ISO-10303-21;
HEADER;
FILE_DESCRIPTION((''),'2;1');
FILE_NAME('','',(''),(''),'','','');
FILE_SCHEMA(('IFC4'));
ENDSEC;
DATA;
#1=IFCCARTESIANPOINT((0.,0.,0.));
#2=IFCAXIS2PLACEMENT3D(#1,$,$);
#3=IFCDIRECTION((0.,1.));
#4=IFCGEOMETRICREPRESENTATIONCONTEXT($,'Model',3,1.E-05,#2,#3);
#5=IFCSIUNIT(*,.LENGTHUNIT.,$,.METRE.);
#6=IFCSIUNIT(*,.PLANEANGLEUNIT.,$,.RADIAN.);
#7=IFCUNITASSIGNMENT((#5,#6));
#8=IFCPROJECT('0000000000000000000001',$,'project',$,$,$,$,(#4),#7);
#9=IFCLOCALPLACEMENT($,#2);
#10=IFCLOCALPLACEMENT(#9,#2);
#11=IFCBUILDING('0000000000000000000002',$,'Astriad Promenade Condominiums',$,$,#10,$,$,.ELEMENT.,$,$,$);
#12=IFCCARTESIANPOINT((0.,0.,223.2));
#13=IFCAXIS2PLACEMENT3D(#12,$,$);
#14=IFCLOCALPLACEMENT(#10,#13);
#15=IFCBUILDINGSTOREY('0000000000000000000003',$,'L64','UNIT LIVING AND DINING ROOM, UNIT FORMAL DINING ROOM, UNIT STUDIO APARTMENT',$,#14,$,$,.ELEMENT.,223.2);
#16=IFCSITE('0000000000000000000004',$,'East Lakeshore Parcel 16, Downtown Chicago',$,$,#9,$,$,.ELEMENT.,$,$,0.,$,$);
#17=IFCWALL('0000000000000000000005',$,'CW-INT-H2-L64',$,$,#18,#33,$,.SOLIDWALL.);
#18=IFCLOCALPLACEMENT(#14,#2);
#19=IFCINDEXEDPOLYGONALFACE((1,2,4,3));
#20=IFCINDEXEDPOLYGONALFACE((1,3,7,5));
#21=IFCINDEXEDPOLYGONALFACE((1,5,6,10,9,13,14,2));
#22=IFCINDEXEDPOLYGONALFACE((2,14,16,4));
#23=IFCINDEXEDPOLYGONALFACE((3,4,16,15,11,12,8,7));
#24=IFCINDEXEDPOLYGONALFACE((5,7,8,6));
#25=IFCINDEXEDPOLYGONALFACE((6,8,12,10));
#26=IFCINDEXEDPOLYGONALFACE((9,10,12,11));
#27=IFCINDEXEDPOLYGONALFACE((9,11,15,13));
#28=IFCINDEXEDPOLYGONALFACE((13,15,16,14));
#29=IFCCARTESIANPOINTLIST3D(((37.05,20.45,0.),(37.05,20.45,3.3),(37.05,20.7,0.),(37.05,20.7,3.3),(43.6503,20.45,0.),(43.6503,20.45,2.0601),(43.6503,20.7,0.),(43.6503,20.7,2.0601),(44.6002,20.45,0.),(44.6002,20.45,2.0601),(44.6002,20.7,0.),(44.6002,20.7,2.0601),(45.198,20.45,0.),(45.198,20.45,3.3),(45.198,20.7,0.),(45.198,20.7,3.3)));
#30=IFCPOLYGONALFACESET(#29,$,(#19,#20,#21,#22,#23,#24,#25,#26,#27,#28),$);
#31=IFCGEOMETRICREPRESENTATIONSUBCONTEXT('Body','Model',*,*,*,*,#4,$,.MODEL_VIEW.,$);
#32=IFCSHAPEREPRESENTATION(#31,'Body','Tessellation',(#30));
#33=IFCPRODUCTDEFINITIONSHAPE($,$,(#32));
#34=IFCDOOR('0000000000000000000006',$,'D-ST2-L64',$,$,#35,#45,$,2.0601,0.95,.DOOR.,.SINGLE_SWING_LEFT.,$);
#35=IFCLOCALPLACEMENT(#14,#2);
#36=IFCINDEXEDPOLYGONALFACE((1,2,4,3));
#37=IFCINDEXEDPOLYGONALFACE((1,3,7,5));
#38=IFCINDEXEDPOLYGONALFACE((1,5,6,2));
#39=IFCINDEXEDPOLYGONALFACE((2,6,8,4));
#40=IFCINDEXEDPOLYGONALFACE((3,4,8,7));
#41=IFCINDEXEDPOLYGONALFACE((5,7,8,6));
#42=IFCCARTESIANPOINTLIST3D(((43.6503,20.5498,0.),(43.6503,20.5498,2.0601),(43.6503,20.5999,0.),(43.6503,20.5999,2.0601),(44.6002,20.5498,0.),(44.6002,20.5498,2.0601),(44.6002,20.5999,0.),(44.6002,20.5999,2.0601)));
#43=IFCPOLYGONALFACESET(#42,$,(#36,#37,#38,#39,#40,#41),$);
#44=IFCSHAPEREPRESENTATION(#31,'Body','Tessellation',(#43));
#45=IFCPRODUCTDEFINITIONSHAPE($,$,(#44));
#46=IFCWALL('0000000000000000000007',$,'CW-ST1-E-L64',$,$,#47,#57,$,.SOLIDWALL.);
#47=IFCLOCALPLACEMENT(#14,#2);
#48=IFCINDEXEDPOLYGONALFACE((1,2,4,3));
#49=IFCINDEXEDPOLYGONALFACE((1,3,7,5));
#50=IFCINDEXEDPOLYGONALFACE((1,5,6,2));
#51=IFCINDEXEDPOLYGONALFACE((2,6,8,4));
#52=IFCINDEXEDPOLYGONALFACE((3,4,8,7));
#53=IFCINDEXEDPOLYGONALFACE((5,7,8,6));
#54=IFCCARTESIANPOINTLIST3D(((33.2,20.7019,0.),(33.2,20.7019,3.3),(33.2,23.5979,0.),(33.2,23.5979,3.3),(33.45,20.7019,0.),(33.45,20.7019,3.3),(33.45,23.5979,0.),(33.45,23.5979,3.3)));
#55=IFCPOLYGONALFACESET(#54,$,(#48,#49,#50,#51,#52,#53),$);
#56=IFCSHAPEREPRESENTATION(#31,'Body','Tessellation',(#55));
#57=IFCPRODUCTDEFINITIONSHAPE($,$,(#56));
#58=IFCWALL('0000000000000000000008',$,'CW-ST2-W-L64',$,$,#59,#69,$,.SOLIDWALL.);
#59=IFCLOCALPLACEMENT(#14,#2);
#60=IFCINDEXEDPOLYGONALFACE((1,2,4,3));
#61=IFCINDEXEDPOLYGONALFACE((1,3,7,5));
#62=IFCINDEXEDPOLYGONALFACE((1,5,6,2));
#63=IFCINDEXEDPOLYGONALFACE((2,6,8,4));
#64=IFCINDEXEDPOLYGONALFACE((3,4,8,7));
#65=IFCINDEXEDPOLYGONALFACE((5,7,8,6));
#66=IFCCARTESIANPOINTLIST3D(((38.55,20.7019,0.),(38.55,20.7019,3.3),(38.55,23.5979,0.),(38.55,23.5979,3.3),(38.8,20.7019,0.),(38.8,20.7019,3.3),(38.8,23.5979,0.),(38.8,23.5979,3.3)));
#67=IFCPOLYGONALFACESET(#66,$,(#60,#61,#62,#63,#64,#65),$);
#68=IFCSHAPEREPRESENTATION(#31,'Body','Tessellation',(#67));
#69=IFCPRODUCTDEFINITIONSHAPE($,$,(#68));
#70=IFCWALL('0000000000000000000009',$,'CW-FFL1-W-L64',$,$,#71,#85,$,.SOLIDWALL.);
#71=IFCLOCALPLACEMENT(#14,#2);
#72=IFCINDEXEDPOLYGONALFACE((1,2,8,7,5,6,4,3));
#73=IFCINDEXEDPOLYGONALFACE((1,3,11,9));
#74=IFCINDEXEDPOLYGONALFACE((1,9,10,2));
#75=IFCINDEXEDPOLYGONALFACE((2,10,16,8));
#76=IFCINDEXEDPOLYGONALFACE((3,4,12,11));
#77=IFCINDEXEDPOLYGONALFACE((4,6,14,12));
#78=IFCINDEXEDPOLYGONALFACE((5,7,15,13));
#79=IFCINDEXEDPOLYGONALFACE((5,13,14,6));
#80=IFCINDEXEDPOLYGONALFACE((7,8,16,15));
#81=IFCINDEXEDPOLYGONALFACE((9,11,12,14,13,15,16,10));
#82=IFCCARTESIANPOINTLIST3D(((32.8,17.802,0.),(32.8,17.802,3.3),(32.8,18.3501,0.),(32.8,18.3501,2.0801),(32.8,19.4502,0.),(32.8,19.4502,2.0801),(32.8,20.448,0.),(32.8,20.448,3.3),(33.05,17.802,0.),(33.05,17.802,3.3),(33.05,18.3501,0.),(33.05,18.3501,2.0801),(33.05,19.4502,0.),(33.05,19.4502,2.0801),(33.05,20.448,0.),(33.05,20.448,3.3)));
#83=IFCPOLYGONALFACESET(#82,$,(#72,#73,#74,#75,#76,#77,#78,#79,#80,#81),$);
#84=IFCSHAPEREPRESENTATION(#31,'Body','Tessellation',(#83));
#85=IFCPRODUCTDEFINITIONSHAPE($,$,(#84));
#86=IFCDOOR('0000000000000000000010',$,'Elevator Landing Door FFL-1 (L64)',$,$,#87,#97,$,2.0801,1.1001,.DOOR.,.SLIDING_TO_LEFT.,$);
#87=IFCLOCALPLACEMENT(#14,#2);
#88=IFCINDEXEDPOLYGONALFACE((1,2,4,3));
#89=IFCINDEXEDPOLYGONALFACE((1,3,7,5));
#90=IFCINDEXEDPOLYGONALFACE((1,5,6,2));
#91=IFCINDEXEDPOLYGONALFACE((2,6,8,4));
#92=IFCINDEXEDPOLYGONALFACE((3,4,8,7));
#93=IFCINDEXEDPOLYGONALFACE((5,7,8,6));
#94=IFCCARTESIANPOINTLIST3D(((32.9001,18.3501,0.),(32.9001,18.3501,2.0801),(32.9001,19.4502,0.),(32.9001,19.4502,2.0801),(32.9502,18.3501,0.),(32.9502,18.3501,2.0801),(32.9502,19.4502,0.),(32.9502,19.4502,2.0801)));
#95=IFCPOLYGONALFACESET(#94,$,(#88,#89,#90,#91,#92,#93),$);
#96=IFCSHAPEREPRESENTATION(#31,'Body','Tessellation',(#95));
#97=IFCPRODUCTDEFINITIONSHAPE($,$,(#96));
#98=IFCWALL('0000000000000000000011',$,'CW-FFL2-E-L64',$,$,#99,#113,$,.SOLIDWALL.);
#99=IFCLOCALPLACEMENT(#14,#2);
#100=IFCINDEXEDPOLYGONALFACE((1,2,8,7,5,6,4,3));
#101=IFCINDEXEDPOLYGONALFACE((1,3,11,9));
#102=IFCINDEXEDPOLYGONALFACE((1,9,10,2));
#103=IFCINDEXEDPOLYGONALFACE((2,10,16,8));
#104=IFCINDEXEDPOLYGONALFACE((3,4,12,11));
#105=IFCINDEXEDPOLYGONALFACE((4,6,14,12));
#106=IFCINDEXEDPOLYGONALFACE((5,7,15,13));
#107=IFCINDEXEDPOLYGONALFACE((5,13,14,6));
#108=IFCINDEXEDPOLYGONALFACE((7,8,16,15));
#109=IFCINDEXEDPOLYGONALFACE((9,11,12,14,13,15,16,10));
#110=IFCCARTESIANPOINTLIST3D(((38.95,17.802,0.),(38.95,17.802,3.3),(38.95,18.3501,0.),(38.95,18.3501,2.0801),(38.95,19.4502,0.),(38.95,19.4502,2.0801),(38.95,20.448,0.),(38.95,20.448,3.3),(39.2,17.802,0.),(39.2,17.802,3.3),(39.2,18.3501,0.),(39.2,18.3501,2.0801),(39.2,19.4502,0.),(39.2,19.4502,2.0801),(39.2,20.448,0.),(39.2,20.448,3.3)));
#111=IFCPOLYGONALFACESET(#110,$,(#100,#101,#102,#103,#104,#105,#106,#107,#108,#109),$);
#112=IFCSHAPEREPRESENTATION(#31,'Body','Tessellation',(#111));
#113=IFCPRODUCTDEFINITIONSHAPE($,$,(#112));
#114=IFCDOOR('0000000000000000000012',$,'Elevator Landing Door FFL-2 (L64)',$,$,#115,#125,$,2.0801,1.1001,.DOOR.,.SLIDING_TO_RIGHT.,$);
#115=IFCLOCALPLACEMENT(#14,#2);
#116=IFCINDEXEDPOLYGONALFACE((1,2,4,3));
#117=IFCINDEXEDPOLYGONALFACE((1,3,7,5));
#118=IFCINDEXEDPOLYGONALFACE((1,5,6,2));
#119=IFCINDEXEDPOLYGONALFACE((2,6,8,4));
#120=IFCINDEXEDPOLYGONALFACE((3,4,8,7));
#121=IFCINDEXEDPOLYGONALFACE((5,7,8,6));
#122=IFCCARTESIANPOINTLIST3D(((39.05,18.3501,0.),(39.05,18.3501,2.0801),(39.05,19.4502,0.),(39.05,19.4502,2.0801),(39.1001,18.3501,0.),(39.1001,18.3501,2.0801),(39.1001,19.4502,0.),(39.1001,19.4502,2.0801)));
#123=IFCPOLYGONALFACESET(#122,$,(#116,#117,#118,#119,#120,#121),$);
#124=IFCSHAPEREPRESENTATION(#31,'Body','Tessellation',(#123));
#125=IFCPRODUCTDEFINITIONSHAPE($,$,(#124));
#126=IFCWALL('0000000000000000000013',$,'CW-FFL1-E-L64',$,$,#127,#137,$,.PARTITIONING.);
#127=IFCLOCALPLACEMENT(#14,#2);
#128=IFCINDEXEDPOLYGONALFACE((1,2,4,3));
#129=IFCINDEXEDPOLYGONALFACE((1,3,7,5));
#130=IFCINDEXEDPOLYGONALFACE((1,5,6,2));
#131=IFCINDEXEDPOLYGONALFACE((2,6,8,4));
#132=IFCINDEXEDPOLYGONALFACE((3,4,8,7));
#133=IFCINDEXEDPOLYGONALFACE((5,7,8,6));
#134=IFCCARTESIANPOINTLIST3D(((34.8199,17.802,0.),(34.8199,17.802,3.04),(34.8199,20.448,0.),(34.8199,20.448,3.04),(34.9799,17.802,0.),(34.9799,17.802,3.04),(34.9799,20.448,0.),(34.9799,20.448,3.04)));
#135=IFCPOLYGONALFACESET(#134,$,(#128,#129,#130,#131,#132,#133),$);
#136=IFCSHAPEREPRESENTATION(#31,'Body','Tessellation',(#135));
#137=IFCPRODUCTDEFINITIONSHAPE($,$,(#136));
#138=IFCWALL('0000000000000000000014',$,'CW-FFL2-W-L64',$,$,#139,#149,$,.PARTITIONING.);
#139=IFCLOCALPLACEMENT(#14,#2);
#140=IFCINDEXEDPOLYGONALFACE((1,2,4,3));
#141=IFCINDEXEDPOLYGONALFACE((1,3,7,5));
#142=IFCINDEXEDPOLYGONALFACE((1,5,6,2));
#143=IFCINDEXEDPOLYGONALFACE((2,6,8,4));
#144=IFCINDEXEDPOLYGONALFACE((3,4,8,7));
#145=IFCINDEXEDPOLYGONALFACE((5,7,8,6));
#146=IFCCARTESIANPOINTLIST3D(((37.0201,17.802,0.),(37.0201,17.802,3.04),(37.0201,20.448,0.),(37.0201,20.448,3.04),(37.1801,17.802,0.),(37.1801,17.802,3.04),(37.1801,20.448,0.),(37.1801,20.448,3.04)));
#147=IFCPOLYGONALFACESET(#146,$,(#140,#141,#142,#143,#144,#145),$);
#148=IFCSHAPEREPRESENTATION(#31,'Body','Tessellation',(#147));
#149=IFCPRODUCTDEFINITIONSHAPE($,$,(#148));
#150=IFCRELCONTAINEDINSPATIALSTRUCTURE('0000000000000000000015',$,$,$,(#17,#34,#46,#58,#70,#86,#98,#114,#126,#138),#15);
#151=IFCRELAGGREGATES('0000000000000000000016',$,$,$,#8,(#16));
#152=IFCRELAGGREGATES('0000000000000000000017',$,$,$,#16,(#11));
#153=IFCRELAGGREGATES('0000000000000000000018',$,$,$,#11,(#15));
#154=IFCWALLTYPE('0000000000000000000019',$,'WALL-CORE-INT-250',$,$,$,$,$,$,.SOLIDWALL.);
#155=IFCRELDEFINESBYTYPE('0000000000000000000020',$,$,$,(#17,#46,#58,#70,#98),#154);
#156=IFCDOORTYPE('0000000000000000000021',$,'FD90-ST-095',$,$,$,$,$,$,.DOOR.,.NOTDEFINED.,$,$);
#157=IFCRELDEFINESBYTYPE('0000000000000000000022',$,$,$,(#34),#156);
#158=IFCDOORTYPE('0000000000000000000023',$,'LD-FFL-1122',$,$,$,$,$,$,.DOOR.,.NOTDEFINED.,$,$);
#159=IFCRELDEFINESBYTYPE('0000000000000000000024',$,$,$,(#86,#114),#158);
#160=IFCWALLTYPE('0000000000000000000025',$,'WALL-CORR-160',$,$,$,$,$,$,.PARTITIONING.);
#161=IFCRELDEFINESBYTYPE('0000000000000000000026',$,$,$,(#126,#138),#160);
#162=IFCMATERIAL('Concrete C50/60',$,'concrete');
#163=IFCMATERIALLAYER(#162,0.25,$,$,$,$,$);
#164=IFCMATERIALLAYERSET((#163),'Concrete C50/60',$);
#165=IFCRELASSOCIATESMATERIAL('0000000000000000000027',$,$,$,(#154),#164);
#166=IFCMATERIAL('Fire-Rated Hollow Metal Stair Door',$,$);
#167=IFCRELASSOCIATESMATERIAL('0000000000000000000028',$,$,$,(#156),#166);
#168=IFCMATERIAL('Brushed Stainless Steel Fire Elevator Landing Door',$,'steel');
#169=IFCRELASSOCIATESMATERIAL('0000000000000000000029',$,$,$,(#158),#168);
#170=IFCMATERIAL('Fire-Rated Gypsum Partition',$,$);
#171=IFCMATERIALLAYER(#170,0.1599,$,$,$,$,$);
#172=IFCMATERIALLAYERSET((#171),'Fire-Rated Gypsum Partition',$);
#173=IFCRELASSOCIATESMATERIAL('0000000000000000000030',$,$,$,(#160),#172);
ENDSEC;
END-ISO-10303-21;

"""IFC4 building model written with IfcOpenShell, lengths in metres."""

from ifc_helpers import new_model, si_unit, direction, frame, frame_2d, origin, place, context, subcontext, project, spatial, rectangle, extrude, source, transform, mapped, material, layer, layer_set, type_object, type_shapes, element, fill, save


model = new_model("IFC4")

# Units and contexts
model_context = context("Model", 3, precision=1e-05, world=origin(), true_north=direction((0.0, 1.0)))
body_context = subcontext(model_context, "Body", "Model", "MODEL_VIEW")
ifc_project = project(units=[si_unit("LENGTHUNIT", "METRE"), si_unit("PLANEANGLEUNIT", "RADIAN")], contexts=[model_context])

# Site, building, storey
site_placement = place(None, origin())
site = spatial("IfcSite", under=ifc_project, at=site_placement, Name="East Lakeshore Parcel 16, Downtown Chicago", CompositionType="ELEMENT", RefElevation=0.0)
building_placement = place(site_placement, origin())
building = spatial("IfcBuilding", under=site, at=building_placement, Name="Astriad Promenade Condominiums", CompositionType="ELEMENT")
storey_placement = place(building_placement, frame((0.0, 0.0, 223.2)))
storey = spatial("IfcBuildingStorey", under=building, at=storey_placement, Name="L64", Description="UNIT LIVING AND DINING ROOM, UNIT FORMAL DINING ROOM, UNIT STUDIO APARTMENT", CompositionType="ELEMENT", Elevation=223.2)

# Wall, opening, door
ifc_material_1 = material(Name="Concrete C50/60", Category="concrete")
ifc_layer_1 = layer(ifc_material_1, 0.25)
ifc_layer_set_1 = layer_set([ifc_layer_1], Name="Concrete C50/60")
wall_type_1 = type_object("IfcWallType", Name="WALL-CORE-INT-250", PredefinedType="SOLIDWALL", material=ifc_layer_set_1)
wall_1_placement = place(storey_placement, frame((37.05, 20.575, 0.0), z_axis=(0.0, 0.0, 1.0), x_axis=(1.0, 0.0, 0.0)))
wall_1 = element("IfcWall", 1, at=wall_1_placement, inside=storey, type_object=wall_type_1, Name="CW-INT-H2-L64", PredefinedType="SOLIDWALL", context=body_context, shape_type="SweptSolid", body=[
    extrude(rectangle(XDim=8.1479, YDim=0.25, at=frame_2d((4.074, 0.0))), origin(), (0.0, 0.0, 1.0), 3.3),
])
opening_1_placement = place(wall_1_placement, frame((6.6001, 0.0, 0.0)))
opening_1 = element("IfcOpeningElement", 2, at=opening_1_placement, cuts=wall_1, PredefinedType="OPENING", context=body_context, shape_type="SweptSolid", body=[
    extrude(rectangle(XDim=0.95, YDim=2.0601, at=frame_2d((0.4751, 1.03))), frame((0.0, 0.135, 0.0), z_axis=(0.0, -1.0, 0.0), x_axis=(1.0, 0.0, 0.0)), (0.0, 0.0, 1.0), 0.27),
])
ifc_material_2 = material(Name="Fire-Rated Hollow Metal Stair Door")
door_type_1 = type_object("IfcDoorType", Name="FD90-ST-095", OperationType="NOTDEFINED", PredefinedType="DOOR", material=ifc_material_2)
shared_shape_1 = source(origin(), body_context, "Body", "SweptSolid", [
    extrude(rectangle(XDim=0.95, YDim=2.0601, at=frame_2d((0.4751, 1.03))), frame((0.0, 0.0249, 0.0), z_axis=(0.0, -1.0, 0.0), x_axis=(1.0, 0.0, 0.0)), (0.0, 0.0, 1.0), 0.05),
])
type_shapes(door_type_1, [shared_shape_1])
door_1_placement = place(opening_1_placement, origin())
door_1 = element("IfcDoor", 3, at=door_1_placement, inside=storey, type_object=door_type_1, Name="D-ST2-L64", OperationType="SINGLE_SWING_LEFT", OverallHeight=2.0601, OverallWidth=0.95, PredefinedType="DOOR", context=body_context, shape_type="MappedRepresentation", body=[
    mapped(shared_shape_1, transform((0.0, 0.0, 0.0), scale=1.0)),
])
fill(opening_1, door_1)

# Walls
for number, where, z_axis, x_axis, name in (
    (4, (33.325, 20.7019, 0.0), (0.0, 0.0, 1.0), (0.0, 1.0, 0.0), "CW-ST1-E-L64"),
    (5, (38.675, 20.7019, 0.0), (0.0, 0.0, 1.0), (0.0, 1.0, 0.0), "CW-ST2-W-L64"),
):
    element("IfcWall", number, at=place(storey_placement, frame(where, z_axis=z_axis, x_axis=x_axis)), inside=storey, type_object=wall_type_1, Name=name, PredefinedType="SOLIDWALL", context=body_context, shape_type="SweptSolid", body=[
        extrude(rectangle(XDim=2.896, YDim=0.25, at=frame_2d((1.448, 0.0))), origin(), (0.0, 0.0, 1.0), 3.3),
    ])

# Walls, openings, doors
wall_2_placement = place(storey_placement, frame((32.925, 17.802, 0.0), z_axis=(0.0, 0.0, 1.0), x_axis=(0.0, 1.0, 0.0)))
wall_2 = element("IfcWall", 6, at=wall_2_placement, inside=storey, type_object=wall_type_1, Name="CW-FFL1-W-L64", PredefinedType="SOLIDWALL", context=body_context, shape_type="SweptSolid", body=[
    extrude(rectangle(XDim=2.646, YDim=0.25, at=frame_2d((1.323, 0.0))), origin(), (0.0, 0.0, 1.0), 3.3),
])
opening_2_placement = place(wall_2_placement, frame((0.5481, 0.0, 0.0)))
opening_2 = element("IfcOpeningElement", 7, at=opening_2_placement, cuts=wall_2, PredefinedType="OPENING", context=body_context, shape_type="SweptSolid", body=[
    extrude(rectangle(XDim=1.1001, YDim=2.0801, at=frame_2d((0.55, 1.04))), frame((0.0, 0.135, 0.0), z_axis=(0.0, -1.0, 0.0), x_axis=(1.0, 0.0, 0.0)), (0.0, 0.0, 1.0), 0.27),
])
ifc_material_3 = material(Name="Brushed Stainless Steel Fire Elevator Landing Door", Category="steel")
door_type_2 = type_object("IfcDoorType", Name="LD-FFL-1122", OperationType="NOTDEFINED", PredefinedType="DOOR", material=ifc_material_3)
shared_shape_2 = source(origin(), body_context, "Body", "SweptSolid", [
    extrude(rectangle(XDim=1.1001, YDim=2.0801, at=frame_2d((0.55, 1.04))), frame((0.0, 0.0249, 0.0), z_axis=(0.0, -1.0, 0.0), x_axis=(1.0, 0.0, 0.0)), (0.0, 0.0, 1.0), 0.05),
])
type_shapes(door_type_2, [shared_shape_2])
door_2_placement = place(opening_2_placement, origin())
door_2 = element("IfcDoor", 8, at=door_2_placement, inside=storey, type_object=door_type_2, Name="Elevator Landing Door FFL-1 (L64)", OperationType="SLIDING_TO_LEFT", OverallHeight=2.0801, OverallWidth=1.1001, PredefinedType="DOOR", context=body_context, shape_type="MappedRepresentation", body=[
    mapped(shared_shape_2, transform((0.0, 0.0, 0.0), scale=1.0)),
])
fill(opening_2, door_2)
wall_3_placement = place(storey_placement, frame((39.075, 17.802, 0.0), z_axis=(0.0, 0.0, 1.0), x_axis=(0.0, 1.0, 0.0)))
wall_3 = element("IfcWall", 9, at=wall_3_placement, inside=storey, type_object=wall_type_1, Name="CW-FFL2-E-L64", PredefinedType="SOLIDWALL", context=body_context, shape_type="SweptSolid", body=[
    extrude(rectangle(XDim=2.646, YDim=0.25, at=frame_2d((1.323, 0.0))), origin(), (0.0, 0.0, 1.0), 3.3),
])
opening_3_placement = place(wall_3_placement, frame((0.5481, 0.0, 0.0)))
opening_3 = element("IfcOpeningElement", 10, at=opening_3_placement, cuts=wall_3, PredefinedType="OPENING", context=body_context, shape_type="SweptSolid", body=[
    extrude(rectangle(XDim=1.1001, YDim=2.0801, at=frame_2d((0.55, 1.04))), frame((0.0, 0.135, 0.0), z_axis=(0.0, -1.0, 0.0), x_axis=(1.0, 0.0, 0.0)), (0.0, 0.0, 1.0), 0.27),
])
door_3_placement = place(opening_3_placement, origin())
door_3 = element("IfcDoor", 11, at=door_3_placement, inside=storey, type_object=door_type_2, Name="Elevator Landing Door FFL-2 (L64)", OperationType="SLIDING_TO_RIGHT", OverallHeight=2.0801, OverallWidth=1.1001, PredefinedType="DOOR", context=body_context, shape_type="MappedRepresentation", body=[
    mapped(shared_shape_2, transform((0.0, 0.0, 0.0), scale=1.0)),
])
fill(opening_3, door_3)

# Walls
ifc_material_4 = material(Name="Fire-Rated Gypsum Partition")
ifc_layer_2 = layer(ifc_material_4, 0.1599)
ifc_layer_set_2 = layer_set([ifc_layer_2], Name="Fire-Rated Gypsum Partition")
wall_type_2 = type_object("IfcWallType", Name="WALL-CORR-160", PredefinedType="PARTITIONING", material=ifc_layer_set_2)
for number, where, z_axis, x_axis, name in (
    (12, (34.8999, 17.802, 0.0), (0.0, 0.0, 1.0), (0.0, 1.0, 0.0), "CW-FFL1-E-L64"),
    (13, (37.1001, 17.802, 0.0), (0.0, 0.0, 1.0), (0.0, 1.0, 0.0), "CW-FFL2-W-L64"),
):
    element("IfcWall", number, at=place(storey_placement, frame(where, z_axis=z_axis, x_axis=x_axis)), inside=storey, type_object=wall_type_2, Name=name, PredefinedType="PARTITIONING", context=body_context, shape_type="SweptSolid", body=[
        extrude(rectangle(XDim=2.646, YDim=0.1599, at=frame_2d((1.323, 0.0))), origin(), (0.0, 0.0, 1.0), 3.04),
    ])

save(model, "model.ifc")
